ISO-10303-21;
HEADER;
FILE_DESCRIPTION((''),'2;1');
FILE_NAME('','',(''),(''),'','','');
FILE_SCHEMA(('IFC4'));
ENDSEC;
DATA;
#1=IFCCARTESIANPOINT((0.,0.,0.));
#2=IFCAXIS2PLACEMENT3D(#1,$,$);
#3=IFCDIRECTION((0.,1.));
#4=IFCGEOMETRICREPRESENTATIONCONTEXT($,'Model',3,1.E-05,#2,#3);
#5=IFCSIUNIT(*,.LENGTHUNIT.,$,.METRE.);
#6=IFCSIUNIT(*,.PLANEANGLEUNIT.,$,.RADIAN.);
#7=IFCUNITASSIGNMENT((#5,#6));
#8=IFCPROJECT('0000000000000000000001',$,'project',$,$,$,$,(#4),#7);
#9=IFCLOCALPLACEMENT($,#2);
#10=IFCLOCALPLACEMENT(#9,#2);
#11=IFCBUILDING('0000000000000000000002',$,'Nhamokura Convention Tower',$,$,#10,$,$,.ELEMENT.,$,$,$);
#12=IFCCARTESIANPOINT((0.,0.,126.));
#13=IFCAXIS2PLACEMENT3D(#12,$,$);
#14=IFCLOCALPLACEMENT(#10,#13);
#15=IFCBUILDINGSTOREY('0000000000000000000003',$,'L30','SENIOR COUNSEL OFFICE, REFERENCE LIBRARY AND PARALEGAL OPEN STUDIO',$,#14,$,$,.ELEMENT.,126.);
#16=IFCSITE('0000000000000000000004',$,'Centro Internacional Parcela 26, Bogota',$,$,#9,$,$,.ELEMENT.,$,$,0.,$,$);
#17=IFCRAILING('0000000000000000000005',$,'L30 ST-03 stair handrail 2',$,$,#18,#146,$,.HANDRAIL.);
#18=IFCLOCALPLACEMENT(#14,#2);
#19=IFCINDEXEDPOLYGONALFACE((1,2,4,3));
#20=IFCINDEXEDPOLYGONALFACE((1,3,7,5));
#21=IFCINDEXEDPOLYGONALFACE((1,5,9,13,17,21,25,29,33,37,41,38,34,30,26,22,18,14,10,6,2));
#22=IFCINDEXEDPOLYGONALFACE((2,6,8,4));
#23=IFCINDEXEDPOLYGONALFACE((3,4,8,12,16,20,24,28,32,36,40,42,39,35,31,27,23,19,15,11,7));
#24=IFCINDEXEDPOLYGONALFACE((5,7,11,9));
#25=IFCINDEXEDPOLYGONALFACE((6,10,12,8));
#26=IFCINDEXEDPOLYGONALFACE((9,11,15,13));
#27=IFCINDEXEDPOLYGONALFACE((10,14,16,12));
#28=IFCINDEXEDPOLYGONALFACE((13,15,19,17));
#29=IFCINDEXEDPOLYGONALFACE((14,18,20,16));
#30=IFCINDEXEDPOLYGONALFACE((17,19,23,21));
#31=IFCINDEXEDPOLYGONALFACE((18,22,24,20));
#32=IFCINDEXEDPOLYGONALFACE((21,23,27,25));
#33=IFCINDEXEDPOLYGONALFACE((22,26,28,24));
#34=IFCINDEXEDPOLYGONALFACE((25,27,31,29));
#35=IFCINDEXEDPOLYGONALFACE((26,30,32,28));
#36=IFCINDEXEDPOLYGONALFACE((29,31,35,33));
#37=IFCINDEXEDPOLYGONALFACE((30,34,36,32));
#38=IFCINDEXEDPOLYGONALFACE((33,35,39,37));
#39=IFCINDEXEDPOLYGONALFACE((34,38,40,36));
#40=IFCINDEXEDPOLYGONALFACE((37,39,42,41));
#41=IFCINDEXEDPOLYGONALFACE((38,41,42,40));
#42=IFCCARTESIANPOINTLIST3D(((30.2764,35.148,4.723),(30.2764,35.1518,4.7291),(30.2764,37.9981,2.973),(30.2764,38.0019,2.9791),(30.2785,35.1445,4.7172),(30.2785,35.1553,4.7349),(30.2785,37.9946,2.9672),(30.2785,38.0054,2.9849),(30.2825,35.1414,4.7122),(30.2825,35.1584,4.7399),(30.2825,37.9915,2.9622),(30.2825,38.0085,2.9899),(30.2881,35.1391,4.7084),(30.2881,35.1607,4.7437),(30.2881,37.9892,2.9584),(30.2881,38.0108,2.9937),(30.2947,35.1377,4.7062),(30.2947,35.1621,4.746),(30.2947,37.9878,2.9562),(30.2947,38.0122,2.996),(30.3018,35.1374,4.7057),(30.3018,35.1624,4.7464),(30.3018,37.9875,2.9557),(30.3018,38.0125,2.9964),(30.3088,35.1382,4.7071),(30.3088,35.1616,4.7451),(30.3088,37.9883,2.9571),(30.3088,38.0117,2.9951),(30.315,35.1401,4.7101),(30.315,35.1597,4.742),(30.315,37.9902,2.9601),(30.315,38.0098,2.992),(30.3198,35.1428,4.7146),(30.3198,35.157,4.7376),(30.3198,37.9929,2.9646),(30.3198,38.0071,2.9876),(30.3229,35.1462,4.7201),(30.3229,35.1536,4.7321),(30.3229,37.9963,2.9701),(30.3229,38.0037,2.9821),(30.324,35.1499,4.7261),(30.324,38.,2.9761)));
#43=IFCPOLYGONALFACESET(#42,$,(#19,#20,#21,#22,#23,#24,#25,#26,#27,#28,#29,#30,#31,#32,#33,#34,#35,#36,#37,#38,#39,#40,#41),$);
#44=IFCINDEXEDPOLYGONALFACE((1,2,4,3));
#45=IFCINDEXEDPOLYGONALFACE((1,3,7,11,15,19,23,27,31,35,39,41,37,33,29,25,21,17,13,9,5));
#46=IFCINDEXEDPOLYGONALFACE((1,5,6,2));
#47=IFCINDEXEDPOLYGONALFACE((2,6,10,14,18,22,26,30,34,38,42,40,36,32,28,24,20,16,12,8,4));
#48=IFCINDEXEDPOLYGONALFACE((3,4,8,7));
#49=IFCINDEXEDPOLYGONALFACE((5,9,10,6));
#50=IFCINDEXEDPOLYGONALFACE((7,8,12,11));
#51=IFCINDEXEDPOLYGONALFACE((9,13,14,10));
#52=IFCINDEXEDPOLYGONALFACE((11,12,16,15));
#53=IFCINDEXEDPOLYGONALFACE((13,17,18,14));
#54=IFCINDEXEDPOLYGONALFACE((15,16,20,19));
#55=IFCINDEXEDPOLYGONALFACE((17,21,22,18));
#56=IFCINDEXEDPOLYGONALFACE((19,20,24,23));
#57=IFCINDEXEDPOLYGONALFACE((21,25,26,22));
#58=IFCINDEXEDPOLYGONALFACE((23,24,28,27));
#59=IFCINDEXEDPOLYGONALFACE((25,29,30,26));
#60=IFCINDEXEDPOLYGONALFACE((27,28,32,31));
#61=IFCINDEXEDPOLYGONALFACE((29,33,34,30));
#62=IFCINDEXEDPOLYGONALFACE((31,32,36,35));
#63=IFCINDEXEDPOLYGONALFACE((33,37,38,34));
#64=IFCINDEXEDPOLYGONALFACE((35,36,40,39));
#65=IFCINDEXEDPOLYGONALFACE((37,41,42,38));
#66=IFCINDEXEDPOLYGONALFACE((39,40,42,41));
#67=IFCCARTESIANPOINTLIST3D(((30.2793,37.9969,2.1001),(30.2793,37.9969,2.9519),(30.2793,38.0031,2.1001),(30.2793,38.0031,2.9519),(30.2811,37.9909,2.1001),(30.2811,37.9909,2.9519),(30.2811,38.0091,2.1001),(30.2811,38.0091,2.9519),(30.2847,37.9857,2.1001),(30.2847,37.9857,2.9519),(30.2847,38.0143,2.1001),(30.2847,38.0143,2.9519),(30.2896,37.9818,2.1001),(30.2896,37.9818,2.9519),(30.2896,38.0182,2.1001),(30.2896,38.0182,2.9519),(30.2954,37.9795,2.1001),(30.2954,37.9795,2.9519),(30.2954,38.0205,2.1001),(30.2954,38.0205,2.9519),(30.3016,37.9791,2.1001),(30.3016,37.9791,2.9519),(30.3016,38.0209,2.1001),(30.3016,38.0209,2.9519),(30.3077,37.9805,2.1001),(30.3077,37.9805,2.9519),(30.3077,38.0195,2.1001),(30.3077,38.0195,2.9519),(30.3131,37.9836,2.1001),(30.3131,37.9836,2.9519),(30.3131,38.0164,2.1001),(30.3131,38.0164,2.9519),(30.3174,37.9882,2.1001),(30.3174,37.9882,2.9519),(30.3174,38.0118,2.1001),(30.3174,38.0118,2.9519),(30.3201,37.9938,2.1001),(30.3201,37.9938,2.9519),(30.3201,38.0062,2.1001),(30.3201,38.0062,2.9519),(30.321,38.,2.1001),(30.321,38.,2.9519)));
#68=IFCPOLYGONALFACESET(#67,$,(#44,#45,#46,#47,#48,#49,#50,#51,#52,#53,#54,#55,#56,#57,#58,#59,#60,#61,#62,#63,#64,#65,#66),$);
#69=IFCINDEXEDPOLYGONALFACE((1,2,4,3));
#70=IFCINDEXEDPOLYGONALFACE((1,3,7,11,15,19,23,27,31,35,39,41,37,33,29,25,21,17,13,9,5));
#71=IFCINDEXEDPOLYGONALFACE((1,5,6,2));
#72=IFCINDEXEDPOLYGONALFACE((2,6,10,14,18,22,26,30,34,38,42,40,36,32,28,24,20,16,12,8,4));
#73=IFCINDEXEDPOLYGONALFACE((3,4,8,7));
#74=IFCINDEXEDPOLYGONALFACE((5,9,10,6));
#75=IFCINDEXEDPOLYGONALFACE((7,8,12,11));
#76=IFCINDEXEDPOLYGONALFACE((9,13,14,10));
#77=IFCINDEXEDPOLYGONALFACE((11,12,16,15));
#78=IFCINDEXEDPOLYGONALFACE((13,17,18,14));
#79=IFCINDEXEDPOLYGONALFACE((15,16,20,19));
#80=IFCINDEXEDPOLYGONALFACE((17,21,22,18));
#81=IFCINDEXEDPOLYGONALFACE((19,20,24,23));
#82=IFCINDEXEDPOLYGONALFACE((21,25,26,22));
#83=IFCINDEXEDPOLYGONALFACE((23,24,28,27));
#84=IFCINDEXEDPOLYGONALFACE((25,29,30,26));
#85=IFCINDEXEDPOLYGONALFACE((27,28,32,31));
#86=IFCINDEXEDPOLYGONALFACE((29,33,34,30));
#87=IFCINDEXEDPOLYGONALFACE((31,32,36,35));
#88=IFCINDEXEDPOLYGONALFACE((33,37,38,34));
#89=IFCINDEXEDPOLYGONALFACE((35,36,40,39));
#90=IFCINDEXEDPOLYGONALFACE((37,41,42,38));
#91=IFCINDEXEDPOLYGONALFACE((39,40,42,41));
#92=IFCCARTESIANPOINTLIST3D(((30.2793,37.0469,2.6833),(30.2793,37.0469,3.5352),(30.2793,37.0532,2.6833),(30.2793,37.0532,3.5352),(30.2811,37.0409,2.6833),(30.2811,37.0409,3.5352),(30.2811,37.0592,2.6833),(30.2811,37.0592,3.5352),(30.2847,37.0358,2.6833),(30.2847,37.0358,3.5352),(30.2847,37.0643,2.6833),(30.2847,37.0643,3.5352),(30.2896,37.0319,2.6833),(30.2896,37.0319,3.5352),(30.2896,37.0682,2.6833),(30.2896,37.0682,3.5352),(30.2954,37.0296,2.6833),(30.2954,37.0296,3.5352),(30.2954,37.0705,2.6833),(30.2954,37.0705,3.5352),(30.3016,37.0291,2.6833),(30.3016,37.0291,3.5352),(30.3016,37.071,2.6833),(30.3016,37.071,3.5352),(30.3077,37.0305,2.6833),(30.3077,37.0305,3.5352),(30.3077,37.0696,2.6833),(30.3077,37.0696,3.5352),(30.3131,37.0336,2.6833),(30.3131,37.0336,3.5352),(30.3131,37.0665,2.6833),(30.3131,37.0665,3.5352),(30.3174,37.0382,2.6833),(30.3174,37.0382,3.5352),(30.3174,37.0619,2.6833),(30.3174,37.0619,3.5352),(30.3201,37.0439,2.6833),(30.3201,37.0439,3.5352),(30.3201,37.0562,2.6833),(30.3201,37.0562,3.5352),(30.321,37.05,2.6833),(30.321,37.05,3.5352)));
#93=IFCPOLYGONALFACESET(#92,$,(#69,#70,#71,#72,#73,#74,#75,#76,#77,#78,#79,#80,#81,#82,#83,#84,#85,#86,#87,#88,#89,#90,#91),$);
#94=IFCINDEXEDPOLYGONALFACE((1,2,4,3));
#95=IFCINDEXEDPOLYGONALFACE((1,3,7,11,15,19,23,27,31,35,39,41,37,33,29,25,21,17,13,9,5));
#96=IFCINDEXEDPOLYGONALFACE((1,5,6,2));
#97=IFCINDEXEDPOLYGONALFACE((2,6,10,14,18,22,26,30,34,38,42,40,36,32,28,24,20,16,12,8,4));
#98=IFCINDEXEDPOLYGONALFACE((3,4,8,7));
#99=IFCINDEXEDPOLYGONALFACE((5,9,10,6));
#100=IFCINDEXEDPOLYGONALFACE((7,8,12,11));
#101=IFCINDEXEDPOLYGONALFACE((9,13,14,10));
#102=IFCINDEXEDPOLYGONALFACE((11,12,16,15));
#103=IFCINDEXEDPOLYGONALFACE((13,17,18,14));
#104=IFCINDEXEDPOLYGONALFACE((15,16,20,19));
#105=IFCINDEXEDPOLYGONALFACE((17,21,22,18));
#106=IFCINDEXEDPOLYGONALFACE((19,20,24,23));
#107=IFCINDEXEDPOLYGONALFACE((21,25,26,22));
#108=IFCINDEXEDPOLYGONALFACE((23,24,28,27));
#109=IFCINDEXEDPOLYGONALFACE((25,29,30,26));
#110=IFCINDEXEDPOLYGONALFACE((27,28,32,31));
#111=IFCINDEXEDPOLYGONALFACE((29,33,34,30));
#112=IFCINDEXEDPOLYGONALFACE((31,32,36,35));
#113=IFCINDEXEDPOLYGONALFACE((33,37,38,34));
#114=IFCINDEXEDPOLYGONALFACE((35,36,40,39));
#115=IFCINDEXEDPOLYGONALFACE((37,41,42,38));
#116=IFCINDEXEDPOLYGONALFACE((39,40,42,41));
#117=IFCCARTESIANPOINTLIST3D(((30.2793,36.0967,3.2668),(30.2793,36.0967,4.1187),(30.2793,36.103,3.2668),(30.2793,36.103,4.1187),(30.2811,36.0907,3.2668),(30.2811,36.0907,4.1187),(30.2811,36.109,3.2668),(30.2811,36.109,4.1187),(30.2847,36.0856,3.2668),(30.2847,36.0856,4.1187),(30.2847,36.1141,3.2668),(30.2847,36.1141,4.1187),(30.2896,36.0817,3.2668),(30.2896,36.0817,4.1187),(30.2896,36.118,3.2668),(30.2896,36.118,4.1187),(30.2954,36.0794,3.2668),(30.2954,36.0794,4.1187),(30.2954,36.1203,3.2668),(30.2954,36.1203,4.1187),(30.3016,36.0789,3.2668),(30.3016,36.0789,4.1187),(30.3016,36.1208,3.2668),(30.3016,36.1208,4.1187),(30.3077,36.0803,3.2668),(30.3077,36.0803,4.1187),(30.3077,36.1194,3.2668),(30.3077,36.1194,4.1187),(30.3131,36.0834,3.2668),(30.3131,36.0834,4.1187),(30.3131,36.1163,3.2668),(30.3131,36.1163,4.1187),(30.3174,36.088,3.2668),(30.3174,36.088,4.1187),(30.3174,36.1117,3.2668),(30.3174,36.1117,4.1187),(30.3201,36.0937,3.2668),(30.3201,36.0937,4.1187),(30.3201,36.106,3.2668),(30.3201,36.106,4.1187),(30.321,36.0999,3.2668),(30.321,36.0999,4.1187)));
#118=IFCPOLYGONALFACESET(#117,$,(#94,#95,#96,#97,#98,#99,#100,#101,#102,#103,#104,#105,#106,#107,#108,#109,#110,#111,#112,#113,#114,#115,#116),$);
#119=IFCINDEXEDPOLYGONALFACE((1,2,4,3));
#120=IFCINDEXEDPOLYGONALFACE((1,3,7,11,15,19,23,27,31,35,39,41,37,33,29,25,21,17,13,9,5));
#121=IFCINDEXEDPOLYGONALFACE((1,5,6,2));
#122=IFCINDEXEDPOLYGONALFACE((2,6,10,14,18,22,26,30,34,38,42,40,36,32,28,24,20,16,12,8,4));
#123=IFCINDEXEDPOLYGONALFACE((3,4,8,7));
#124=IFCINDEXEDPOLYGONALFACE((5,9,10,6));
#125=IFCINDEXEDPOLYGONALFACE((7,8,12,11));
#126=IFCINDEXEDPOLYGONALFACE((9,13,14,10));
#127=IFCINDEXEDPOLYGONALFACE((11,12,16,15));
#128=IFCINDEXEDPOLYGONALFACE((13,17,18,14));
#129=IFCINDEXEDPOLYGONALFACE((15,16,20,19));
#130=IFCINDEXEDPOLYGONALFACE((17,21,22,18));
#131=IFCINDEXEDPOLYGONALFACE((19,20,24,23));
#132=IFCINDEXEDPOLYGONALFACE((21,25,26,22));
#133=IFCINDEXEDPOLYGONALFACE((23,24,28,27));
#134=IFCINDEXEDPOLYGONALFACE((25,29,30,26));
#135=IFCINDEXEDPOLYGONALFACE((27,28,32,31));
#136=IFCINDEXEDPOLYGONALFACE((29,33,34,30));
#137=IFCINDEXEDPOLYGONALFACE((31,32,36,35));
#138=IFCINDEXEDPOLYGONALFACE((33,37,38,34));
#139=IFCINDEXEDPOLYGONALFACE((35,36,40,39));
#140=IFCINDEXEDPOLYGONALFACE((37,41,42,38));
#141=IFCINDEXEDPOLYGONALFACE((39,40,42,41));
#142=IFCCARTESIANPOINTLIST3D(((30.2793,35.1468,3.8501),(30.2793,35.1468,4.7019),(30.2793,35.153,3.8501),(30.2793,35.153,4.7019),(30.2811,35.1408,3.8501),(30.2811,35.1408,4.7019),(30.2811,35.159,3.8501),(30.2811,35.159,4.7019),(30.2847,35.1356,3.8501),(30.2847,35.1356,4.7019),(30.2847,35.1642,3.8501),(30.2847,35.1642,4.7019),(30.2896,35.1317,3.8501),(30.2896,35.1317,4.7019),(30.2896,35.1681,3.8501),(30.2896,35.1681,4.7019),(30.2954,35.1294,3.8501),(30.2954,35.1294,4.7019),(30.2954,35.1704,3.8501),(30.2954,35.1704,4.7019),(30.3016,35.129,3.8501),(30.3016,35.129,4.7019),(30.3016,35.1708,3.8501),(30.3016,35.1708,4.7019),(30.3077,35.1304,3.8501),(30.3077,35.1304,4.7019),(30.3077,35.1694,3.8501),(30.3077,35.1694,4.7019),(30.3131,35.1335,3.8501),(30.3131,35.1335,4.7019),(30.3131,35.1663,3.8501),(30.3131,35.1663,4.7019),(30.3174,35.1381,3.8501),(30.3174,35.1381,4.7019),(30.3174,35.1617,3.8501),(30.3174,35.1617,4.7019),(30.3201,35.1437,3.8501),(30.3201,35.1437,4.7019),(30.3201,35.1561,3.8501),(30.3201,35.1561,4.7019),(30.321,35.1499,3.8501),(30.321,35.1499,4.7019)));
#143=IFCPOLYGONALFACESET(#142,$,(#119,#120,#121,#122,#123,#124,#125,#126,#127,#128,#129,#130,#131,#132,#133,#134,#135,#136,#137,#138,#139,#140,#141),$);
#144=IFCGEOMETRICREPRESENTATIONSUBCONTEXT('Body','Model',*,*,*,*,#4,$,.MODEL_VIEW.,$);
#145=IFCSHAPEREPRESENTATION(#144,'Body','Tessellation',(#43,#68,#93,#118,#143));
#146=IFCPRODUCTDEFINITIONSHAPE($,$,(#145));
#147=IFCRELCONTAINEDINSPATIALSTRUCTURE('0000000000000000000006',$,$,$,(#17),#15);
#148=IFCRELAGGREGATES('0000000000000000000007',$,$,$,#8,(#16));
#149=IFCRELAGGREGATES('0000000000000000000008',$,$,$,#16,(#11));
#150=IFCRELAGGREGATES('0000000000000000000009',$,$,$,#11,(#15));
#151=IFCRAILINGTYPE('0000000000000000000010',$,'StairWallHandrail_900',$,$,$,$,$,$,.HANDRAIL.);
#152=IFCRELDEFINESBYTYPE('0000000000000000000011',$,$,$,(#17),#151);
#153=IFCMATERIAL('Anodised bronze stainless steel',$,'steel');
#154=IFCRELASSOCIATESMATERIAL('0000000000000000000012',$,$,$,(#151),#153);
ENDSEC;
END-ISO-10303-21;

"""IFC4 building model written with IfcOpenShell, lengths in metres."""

from ifc_helpers import new_model, si_unit, direction, frame, origin, origin_2d, place, context, subcontext, project, spatial, circle, extrude, material, type_object, element, save


model = new_model("IFC4")

# Units and contexts
model_context = context("Model", 3, precision=1e-05, world=origin(), true_north=direction((0.0, 1.0)))
body_context = subcontext(model_context, "Body", "Model", "MODEL_VIEW")
ifc_project = project(units=[si_unit("LENGTHUNIT", "METRE"), si_unit("PLANEANGLEUNIT", "RADIAN")], contexts=[model_context])

# Site, building, storey
site_placement = place(None, origin())
site = spatial("IfcSite", under=ifc_project, at=site_placement, Name="Centro Internacional Parcela 26, Bogota", CompositionType="ELEMENT", RefElevation=0.0)
building_placement = place(site_placement, origin())
building = spatial("IfcBuilding", under=site, at=building_placement, Name="Nhamokura Convention Tower", CompositionType="ELEMENT")
storey_placement = place(building_placement, frame((0.0, 0.0, 126.0)))
storey = spatial("IfcBuildingStorey", under=building, at=storey_placement, Name="L30", Description="SENIOR COUNSEL OFFICE, REFERENCE LIBRARY AND PARALEGAL OPEN STUDIO", CompositionType="ELEMENT", Elevation=126.0)

# Railing
ifc_material_1 = material(Name="Anodised bronze stainless steel", Category="steel")
railing_type_1 = type_object("IfcRailingType", Name="StairWallHandrail_900", PredefinedType="HANDRAIL", material=ifc_material_1)
railing_1_placement = place(storey_placement, frame((30.3, 38.0, 2.1001)))
element("IfcRailing", 1, at=railing_1_placement, inside=storey, type_object=railing_type_1, Name="L30 ST-03 stair handrail 2", PredefinedType="HANDRAIL", context=body_context, shape_type="SweptSolid", body=[
    extrude(circle(Radius=0.0239, at=origin_2d()), frame((0.0, 0.0, 0.876), z_axis=(0.0, -0.852179, 0.52325), x_axis=(1.0, 0.0, 0.0)), (0.0, 0.0, 1.0), 3.3445),
    extrude(circle(Radius=0.021, at=origin_2d()), origin(), (0.0, 0.0, 1.0), 0.8518),
    extrude(circle(Radius=0.021, at=origin_2d()), frame((0.0, -0.95, 0.5833)), (0.0, 0.0, 1.0), 0.8518),
    extrude(circle(Radius=0.021, at=origin_2d()), frame((0.0, -1.9001, 1.1667)), (0.0, 0.0, 1.0), 0.8518),
    extrude(circle(Radius=0.021, at=origin_2d()), frame((0.0, -2.8501, 1.75)), (0.0, 0.0, 1.0), 0.8518),
])

save(model, "model.ifc")
